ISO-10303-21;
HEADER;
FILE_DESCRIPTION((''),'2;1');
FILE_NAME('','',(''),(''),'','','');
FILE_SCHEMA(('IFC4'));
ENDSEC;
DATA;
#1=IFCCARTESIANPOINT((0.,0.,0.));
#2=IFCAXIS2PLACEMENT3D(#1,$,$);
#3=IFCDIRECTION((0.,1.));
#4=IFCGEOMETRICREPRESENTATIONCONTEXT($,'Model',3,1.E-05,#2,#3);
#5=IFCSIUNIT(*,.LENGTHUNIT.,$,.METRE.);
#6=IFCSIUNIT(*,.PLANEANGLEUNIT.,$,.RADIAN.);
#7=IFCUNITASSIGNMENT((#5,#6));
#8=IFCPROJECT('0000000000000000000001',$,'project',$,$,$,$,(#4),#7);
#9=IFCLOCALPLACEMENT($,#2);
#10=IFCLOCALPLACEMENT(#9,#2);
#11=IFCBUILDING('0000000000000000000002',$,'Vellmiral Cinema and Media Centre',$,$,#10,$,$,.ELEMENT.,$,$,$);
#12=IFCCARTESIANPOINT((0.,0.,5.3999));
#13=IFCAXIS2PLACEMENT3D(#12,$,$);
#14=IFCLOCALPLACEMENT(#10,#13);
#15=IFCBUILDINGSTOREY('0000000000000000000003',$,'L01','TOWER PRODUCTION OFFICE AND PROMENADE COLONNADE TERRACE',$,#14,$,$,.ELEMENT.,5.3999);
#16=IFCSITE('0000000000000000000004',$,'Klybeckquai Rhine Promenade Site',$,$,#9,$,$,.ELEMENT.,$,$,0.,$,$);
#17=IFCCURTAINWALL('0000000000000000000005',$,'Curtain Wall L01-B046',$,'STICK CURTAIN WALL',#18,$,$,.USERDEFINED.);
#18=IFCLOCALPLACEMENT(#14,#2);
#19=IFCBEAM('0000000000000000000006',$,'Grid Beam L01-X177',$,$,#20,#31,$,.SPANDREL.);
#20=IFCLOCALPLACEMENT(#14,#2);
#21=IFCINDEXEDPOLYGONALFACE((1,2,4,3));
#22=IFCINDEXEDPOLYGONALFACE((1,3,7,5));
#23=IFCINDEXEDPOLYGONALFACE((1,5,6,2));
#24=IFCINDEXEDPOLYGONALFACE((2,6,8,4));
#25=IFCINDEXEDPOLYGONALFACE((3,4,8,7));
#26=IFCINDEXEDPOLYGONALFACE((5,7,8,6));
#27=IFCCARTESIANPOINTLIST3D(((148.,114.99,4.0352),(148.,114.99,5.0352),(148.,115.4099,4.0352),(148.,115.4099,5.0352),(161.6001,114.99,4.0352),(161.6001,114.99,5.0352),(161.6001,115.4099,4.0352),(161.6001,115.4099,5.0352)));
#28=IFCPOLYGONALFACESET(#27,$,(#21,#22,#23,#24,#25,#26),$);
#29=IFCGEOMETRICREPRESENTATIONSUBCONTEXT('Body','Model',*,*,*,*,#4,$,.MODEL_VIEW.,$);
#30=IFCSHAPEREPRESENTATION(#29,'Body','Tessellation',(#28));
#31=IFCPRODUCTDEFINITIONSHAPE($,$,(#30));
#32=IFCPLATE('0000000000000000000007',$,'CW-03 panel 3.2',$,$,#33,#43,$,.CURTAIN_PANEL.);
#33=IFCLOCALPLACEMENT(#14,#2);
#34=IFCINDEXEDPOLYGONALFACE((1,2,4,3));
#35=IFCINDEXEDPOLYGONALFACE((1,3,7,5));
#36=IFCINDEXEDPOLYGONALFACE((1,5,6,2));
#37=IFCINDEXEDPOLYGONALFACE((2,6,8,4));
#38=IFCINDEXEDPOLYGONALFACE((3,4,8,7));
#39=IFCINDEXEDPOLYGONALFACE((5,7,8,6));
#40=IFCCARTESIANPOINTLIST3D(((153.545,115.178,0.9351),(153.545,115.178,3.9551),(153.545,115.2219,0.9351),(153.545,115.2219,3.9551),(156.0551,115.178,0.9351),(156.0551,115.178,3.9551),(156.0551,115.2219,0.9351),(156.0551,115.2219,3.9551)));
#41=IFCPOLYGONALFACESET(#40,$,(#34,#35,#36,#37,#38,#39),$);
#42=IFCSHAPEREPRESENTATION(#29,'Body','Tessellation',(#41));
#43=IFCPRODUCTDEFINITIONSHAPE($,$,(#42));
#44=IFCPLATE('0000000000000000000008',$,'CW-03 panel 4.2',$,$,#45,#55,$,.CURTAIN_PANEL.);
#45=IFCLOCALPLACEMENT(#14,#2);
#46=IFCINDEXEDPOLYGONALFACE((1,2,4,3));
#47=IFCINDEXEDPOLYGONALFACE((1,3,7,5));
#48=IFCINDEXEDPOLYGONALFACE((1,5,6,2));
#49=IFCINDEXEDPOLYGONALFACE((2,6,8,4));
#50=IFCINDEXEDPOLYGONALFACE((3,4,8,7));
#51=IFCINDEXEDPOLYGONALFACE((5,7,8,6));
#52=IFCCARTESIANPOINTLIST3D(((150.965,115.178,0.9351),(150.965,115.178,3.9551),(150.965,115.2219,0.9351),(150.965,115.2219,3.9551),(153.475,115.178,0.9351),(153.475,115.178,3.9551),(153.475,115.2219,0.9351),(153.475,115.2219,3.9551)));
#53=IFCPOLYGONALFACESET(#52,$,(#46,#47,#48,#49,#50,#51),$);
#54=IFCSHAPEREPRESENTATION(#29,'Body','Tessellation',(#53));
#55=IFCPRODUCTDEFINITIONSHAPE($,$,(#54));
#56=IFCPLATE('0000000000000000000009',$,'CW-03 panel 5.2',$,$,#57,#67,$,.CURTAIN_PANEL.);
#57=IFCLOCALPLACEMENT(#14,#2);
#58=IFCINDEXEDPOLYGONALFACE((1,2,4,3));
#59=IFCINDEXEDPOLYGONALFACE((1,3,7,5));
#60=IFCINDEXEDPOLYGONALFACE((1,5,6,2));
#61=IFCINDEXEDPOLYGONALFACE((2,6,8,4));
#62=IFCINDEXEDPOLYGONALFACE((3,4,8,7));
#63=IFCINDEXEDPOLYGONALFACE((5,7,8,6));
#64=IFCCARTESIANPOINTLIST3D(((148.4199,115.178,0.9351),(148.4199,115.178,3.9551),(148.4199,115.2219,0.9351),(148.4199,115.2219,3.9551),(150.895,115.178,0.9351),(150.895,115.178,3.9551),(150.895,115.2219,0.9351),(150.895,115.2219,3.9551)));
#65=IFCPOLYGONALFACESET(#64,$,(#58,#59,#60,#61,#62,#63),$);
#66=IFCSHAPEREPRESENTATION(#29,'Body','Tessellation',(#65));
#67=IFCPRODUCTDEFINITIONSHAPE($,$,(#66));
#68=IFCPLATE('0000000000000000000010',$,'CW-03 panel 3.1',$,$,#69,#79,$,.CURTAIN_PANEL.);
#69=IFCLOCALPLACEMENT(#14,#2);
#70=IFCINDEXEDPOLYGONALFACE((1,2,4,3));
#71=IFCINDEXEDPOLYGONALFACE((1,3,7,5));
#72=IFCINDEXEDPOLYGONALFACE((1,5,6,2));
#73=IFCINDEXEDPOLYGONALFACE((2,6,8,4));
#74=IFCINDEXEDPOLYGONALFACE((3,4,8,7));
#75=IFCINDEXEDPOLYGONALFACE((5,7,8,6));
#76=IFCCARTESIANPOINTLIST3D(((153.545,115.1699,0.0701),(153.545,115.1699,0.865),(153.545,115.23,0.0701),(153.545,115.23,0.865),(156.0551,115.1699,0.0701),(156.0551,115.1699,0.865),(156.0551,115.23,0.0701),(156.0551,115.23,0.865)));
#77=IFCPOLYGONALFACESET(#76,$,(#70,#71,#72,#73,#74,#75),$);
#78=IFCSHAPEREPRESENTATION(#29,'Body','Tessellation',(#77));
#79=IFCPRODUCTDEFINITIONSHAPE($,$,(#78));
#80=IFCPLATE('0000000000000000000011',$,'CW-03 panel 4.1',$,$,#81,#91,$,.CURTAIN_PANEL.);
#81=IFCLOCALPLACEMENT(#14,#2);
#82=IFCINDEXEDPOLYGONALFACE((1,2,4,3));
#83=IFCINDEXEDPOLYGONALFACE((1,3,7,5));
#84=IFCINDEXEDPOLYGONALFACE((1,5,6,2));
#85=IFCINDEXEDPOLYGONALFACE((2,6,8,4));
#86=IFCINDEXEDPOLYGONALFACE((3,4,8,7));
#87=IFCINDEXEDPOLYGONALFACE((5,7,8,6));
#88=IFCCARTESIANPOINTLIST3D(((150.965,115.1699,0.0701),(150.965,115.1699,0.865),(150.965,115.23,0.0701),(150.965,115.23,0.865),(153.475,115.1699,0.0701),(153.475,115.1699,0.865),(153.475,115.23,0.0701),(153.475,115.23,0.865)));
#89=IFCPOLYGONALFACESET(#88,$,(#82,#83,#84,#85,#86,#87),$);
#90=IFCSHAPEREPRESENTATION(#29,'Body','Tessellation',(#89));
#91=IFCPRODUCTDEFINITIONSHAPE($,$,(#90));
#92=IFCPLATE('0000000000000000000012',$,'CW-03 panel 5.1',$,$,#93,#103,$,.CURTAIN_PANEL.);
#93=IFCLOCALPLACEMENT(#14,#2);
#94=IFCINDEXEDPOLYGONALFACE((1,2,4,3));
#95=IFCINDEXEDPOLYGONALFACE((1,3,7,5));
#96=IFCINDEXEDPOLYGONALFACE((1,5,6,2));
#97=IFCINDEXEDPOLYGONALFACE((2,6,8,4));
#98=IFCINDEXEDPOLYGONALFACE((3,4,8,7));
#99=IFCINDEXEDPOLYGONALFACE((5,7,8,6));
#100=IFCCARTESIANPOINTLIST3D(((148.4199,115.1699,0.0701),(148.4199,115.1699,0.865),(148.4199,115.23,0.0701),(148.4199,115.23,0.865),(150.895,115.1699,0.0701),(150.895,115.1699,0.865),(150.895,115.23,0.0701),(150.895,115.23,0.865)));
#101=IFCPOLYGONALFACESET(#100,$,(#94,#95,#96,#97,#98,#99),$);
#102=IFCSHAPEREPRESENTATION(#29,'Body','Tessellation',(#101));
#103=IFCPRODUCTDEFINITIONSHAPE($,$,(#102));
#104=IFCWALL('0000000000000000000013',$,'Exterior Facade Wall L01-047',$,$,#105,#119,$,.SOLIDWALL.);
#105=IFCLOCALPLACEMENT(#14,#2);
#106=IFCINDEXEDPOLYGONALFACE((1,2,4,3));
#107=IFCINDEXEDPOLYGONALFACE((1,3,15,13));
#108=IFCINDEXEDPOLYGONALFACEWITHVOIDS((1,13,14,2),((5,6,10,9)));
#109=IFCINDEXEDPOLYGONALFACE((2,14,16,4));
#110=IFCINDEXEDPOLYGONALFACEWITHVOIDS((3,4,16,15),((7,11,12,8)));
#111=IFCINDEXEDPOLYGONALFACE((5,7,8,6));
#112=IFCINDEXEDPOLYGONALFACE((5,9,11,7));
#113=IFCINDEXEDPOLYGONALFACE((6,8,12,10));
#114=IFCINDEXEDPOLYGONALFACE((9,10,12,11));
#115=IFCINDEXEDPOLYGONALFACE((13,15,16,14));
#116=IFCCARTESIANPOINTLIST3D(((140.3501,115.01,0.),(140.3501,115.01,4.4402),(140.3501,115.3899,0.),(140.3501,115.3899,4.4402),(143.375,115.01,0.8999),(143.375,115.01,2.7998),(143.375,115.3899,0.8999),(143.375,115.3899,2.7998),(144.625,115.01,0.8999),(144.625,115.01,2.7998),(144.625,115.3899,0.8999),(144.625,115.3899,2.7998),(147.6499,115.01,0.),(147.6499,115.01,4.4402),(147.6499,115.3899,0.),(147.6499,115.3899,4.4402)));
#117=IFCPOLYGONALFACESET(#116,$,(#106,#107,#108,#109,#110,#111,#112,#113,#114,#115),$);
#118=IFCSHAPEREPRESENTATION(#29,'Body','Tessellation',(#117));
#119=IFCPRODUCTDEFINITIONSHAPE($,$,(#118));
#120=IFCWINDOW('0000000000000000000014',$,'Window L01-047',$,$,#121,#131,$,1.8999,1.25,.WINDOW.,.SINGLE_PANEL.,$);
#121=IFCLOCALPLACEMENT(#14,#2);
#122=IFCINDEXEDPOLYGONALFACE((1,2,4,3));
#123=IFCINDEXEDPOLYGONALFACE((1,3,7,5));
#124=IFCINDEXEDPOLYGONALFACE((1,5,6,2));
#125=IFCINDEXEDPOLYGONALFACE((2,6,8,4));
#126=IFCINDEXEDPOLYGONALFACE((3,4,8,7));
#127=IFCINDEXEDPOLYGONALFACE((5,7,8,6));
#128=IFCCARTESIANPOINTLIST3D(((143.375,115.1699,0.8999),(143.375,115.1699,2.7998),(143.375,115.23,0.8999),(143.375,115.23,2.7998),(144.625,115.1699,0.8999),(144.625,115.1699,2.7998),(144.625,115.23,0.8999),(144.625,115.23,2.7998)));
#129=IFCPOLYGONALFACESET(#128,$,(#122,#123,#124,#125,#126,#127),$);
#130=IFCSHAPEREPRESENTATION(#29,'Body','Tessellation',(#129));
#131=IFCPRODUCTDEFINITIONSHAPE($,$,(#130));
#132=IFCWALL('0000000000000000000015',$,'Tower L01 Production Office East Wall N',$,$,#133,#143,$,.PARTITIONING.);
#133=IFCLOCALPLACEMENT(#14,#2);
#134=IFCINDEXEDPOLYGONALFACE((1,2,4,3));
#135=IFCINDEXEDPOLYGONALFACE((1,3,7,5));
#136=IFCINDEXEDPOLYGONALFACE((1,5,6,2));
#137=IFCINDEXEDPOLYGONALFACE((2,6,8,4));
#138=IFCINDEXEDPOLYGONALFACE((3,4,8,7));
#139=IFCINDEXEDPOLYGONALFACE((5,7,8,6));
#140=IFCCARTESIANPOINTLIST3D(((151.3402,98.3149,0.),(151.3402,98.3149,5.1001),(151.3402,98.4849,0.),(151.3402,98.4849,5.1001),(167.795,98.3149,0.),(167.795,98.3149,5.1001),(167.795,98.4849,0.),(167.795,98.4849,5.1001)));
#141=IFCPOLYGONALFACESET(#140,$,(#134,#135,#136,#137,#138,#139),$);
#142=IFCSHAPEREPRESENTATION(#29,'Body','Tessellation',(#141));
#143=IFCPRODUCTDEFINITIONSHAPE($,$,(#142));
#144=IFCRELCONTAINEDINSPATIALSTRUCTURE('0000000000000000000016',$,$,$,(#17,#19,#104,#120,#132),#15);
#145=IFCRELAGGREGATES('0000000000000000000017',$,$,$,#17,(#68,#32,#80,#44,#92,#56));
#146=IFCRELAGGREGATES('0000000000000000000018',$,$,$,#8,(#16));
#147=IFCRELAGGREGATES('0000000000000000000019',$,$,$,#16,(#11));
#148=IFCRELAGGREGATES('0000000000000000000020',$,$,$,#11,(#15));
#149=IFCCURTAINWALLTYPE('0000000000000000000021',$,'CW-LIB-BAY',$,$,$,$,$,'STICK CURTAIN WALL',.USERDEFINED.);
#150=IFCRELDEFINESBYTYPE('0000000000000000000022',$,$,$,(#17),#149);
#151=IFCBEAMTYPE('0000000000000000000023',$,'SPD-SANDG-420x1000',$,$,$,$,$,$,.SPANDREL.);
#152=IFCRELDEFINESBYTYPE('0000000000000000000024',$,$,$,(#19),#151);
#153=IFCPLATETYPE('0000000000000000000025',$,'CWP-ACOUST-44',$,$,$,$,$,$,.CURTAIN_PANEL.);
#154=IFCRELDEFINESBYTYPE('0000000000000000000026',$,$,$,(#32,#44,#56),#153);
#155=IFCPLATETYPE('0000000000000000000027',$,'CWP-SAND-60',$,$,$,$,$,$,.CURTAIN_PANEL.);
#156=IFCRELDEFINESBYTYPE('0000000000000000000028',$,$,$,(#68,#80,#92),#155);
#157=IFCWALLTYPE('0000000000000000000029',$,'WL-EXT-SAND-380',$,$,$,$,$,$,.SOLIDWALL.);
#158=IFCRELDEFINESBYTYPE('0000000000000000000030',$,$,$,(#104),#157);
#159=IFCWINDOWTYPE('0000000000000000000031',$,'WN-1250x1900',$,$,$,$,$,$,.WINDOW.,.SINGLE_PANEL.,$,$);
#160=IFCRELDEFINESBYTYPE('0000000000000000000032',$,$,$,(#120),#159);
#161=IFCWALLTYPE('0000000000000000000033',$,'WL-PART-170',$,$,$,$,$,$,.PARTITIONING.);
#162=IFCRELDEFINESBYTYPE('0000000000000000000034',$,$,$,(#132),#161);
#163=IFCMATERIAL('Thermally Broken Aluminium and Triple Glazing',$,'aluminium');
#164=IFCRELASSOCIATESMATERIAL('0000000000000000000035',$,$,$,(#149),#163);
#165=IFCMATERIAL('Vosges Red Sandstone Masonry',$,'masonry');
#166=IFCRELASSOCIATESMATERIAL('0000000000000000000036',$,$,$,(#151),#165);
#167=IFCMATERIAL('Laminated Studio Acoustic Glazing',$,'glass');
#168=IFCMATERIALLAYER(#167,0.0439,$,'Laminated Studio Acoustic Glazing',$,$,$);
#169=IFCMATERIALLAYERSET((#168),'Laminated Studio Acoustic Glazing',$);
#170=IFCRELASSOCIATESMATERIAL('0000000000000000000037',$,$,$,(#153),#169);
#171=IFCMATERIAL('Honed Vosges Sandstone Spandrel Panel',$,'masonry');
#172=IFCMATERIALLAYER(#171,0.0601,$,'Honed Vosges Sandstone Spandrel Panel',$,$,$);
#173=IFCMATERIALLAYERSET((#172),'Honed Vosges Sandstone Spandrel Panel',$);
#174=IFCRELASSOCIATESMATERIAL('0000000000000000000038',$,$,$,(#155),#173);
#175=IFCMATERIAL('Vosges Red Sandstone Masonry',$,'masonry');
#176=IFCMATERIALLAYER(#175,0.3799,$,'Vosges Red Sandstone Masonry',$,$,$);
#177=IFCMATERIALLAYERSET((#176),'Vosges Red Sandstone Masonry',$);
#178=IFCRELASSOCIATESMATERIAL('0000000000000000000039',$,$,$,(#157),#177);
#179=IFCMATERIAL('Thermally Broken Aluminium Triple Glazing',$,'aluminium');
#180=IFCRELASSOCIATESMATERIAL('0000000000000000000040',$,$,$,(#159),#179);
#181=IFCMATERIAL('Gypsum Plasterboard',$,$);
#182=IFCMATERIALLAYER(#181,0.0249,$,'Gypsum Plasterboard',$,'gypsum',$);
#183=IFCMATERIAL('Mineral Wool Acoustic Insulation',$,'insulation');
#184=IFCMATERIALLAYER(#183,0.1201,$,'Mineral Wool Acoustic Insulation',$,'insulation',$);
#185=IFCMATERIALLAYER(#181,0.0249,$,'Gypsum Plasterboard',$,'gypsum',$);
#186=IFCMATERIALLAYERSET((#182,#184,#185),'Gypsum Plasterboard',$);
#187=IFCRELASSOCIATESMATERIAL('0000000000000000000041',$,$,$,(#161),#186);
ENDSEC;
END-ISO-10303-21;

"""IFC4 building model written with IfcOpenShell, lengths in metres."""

from ifc_helpers import new_model, si_unit, direction, frame, frame_2d, origin, origin_2d, place, context, subcontext, project, spatial, rectangle, extrude, material, layer, layer_set, material_profile, profile_set, type_object, element, fill, aggregate, save


model = new_model("IFC4")

# Units and contexts
model_context = context("Model", 3, precision=1e-05, world=origin(), true_north=direction((0.0, 1.0)))
body_context = subcontext(model_context, "Body", "Model", "MODEL_VIEW")
ifc_project = project(units=[si_unit("LENGTHUNIT", "METRE"), si_unit("PLANEANGLEUNIT", "RADIAN")], contexts=[model_context])

# Site, building, storey
site_placement = place(None, origin())
site = spatial("IfcSite", under=ifc_project, at=site_placement, Name="Klybeckquai Rhine Promenade Site", CompositionType="ELEMENT", RefElevation=0.0)
building_placement = place(site_placement, origin())
building = spatial("IfcBuilding", under=site, at=building_placement, Name="Vellmiral Cinema and Media Centre", CompositionType="ELEMENT")
storey_placement = place(building_placement, frame((0.0, 0.0, 5.3999)))
storey = spatial("IfcBuildingStorey", under=building, at=storey_placement, Name="L01", Description="TOWER PRODUCTION OFFICE AND PROMENADE COLONNADE TERRACE", CompositionType="ELEMENT", Elevation=5.3999)

# Curtain wall
ifc_material_1 = material(Name="Thermally Broken Aluminium and Triple Glazing", Category="aluminium")
curtain_wall_type = type_object("IfcCurtainWallType", Name="CW-LIB-BAY", ElementType="STICK CURTAIN WALL", PredefinedType="USERDEFINED", material=ifc_material_1)
curtain_wall_1_placement = place(storey_placement, origin())
curtain_wall_1 = element("IfcCurtainWall", 1, at=curtain_wall_1_placement, inside=storey, type_object=curtain_wall_type, Name="Curtain Wall L01-B046", ObjectType="STICK CURTAIN WALL", PredefinedType="USERDEFINED")

# Beam
ifc_material_2 = material(Name="Vosges Red Sandstone Masonry", Category="masonry")
ifc_material_profile_1 = material_profile(ifc_material_2, rectangle(XDim=0.4199, YDim=1.0, at=origin_2d()), Name="SAND 420x1000")
ifc_profile_set_1 = profile_set([ifc_material_profile_1], Name="Vosges Red Sandstone Masonry")
beam_type_1 = type_object("IfcBeamType", Name="SPD-SANDG-420x1000", PredefinedType="SPANDREL", material=ifc_profile_set_1)
beam_1_placement = place(storey_placement, frame((148.0, 115.2, 4.5352), z_axis=(1.0, 0.0, 0.0), x_axis=(0.0, 1.0, 0.0)))
element("IfcBeam", 2, at=beam_1_placement, inside=storey, type_object=beam_type_1, Name="Grid Beam L01-X177", PredefinedType="SPANDREL", context=body_context, shape_type="SweptSolid", body=[
    extrude(rectangle(XDim=0.4199, YDim=1.0, at=origin_2d()), origin(), (0.0, 0.0, 1.0), 13.6001),
])

# Plates
ifc_material_3 = material(Name="Laminated Studio Acoustic Glazing", Category="glass")
ifc_layer_1 = layer(ifc_material_3, 0.0439, Name="Laminated Studio Acoustic Glazing")
ifc_layer_set_1 = layer_set([ifc_layer_1], Name="Laminated Studio Acoustic Glazing")
plate_type_1 = type_object("IfcPlateType", Name="CWP-ACOUST-44", PredefinedType="CURTAIN_PANEL", material=ifc_layer_set_1)
plate_1_placement = place(storey_placement, frame((154.8, 115.2, 0.9351), z_axis=(0.0, 0.0, 1.0), x_axis=(-1.0, 0.0, 0.0)))
plate_1 = element("IfcPlate", 3, at=plate_1_placement, type_object=plate_type_1, Name="CW-03 panel 3.2", PredefinedType="CURTAIN_PANEL", context=body_context, shape_type="SweptSolid", body=[
    extrude(rectangle(XDim=2.51, YDim=0.0439, at=origin_2d()), origin(), (0.0, 0.0, 1.0), 3.02),
])
plate_2_placement = place(storey_placement, frame((152.22, 115.2, 0.9351), z_axis=(0.0, 0.0, 1.0), x_axis=(-1.0, 0.0, 0.0)))
plate_2 = element("IfcPlate", 4, at=plate_2_placement, type_object=plate_type_1, Name="CW-03 panel 4.2", PredefinedType="CURTAIN_PANEL", context=body_context, shape_type="SweptSolid", body=[
    extrude(rectangle(XDim=2.51, YDim=0.0439, at=origin_2d()), origin(), (0.0, 0.0, 1.0), 3.02),
])
plate_3_placement = place(storey_placement, frame((149.6575, 115.2, 0.9351), z_axis=(0.0, 0.0, 1.0), x_axis=(-1.0, 0.0, 0.0)))
plate_3 = element("IfcPlate", 5, at=plate_3_placement, type_object=plate_type_1, Name="CW-03 panel 5.2", PredefinedType="CURTAIN_PANEL", context=body_context, shape_type="SweptSolid", body=[
    extrude(rectangle(XDim=2.4751, YDim=0.0439, at=origin_2d()), origin(), (0.0, 0.0, 1.0), 3.02),
])
ifc_material_4 = material(Name="Honed Vosges Sandstone Spandrel Panel", Category="masonry")
ifc_layer_2 = layer(ifc_material_4, 0.0601, Name="Honed Vosges Sandstone Spandrel Panel")
ifc_layer_set_2 = layer_set([ifc_layer_2], Name="Honed Vosges Sandstone Spandrel Panel")
plate_type_2 = type_object("IfcPlateType", Name="CWP-SAND-60", PredefinedType="CURTAIN_PANEL", material=ifc_layer_set_2)
plate_4_placement = place(storey_placement, frame((154.8, 115.2, 0.0701), z_axis=(0.0, 0.0, 1.0), x_axis=(-1.0, 0.0, 0.0)))
plate_4 = element("IfcPlate", 6, at=plate_4_placement, type_object=plate_type_2, Name="CW-03 panel 3.1", PredefinedType="CURTAIN_PANEL", context=body_context, shape_type="SweptSolid", body=[
    extrude(rectangle(XDim=2.51, YDim=0.0601, at=origin_2d()), origin(), (0.0, 0.0, 1.0), 0.7949),
])
plate_5_placement = place(storey_placement, frame((152.22, 115.2, 0.0701), z_axis=(0.0, 0.0, 1.0), x_axis=(-1.0, 0.0, 0.0)))
plate_5 = element("IfcPlate", 7, at=plate_5_placement, type_object=plate_type_2, Name="CW-03 panel 4.1", PredefinedType="CURTAIN_PANEL", context=body_context, shape_type="SweptSolid", body=[
    extrude(rectangle(XDim=2.51, YDim=0.0601, at=origin_2d()), origin(), (0.0, 0.0, 1.0), 0.7949),
])
plate_6_placement = place(storey_placement, frame((149.6575, 115.2, 0.0701), z_axis=(0.0, 0.0, 1.0), x_axis=(-1.0, 0.0, 0.0)))
plate_6 = element("IfcPlate", 8, at=plate_6_placement, type_object=plate_type_2, Name="CW-03 panel 5.1", PredefinedType="CURTAIN_PANEL", context=body_context, shape_type="SweptSolid", body=[
    extrude(rectangle(XDim=2.4751, YDim=0.0601, at=origin_2d()), origin(), (0.0, 0.0, 1.0), 0.7949),
])
aggregate(curtain_wall_1, [plate_4, plate_1, plate_5, plate_2, plate_6, plate_3])

# Wall, opening, window
ifc_material_5 = material(Name="Vosges Red Sandstone Masonry", Category="masonry")
ifc_layer_3 = layer(ifc_material_5, 0.3799, Name="Vosges Red Sandstone Masonry")
ifc_layer_set_3 = layer_set([ifc_layer_3], Name="Vosges Red Sandstone Masonry")
wall_type_1 = type_object("IfcWallType", Name="WL-EXT-SAND-380", PredefinedType="SOLIDWALL", material=ifc_layer_set_3)
wall_1_placement = place(storey_placement, frame((147.6499, 115.2, 0.0), z_axis=(0.0, 0.0, 1.0), x_axis=(-1.0, 0.0, 0.0)))
wall_1 = element("IfcWall", 9, at=wall_1_placement, inside=storey, type_object=wall_type_1, Name="Exterior Facade Wall L01-047", PredefinedType="SOLIDWALL", context=body_context, shape_type="SweptSolid", body=[
    extrude(rectangle(XDim=7.2998, YDim=0.3799, at=frame_2d((3.6499, 0.0))), origin(), (0.0, 0.0, 1.0), 4.4402),
])
opening_placement = place(wall_1_placement, frame((3.0249, 0.0, 0.8999)))
opening = element("IfcOpeningElement", 10, at=opening_placement, cuts=wall_1, PredefinedType="OPENING", context=body_context, shape_type="SweptSolid", body=[
    extrude(rectangle(XDim=1.25, YDim=1.8999, at=frame_2d((0.625, 0.95))), frame((0.0, 0.2019, 0.0), z_axis=(0.0, -1.0, 0.0), x_axis=(1.0, 0.0, 0.0)), (0.0, 0.0, 1.0), 0.4038),
])
ifc_material_6 = material(Name="Thermally Broken Aluminium Triple Glazing", Category="aluminium")
window_type = type_object("IfcWindowType", Name="WN-1250x1900", PartitioningType="SINGLE_PANEL", PredefinedType="WINDOW", material=ifc_material_6)
window_placement = place(opening_placement, origin())
window = element("IfcWindow", 11, at=window_placement, inside=storey, type_object=window_type, Name="Window L01-047", OverallHeight=1.8999, OverallWidth=1.25, PartitioningType="SINGLE_PANEL", PredefinedType="WINDOW", context=body_context, shape_type="SweptSolid", body=[
    extrude(rectangle(XDim=1.25, YDim=1.8999, at=frame_2d((0.625, 0.95))), frame((0.0, 0.03, 0.0), z_axis=(0.0, -1.0, 0.0), x_axis=(1.0, 0.0, 0.0)), (0.0, 0.0, 1.0), 0.0601),
])
fill(opening, window)

# Wall
ifc_material_7 = material(Name="Gypsum Plasterboard")
ifc_layer_4 = layer(ifc_material_7, 0.0249, Name="Gypsum Plasterboard", Category="gypsum")
ifc_material_8 = material(Name="Mineral Wool Acoustic Insulation", Category="insulation")
ifc_layer_5 = layer(ifc_material_8, 0.1201, Name="Mineral Wool Acoustic Insulation", Category="insulation")
ifc_layer_6 = layer(ifc_material_7, 0.0249, Name="Gypsum Plasterboard", Category="gypsum")
ifc_layer_set_4 = layer_set([ifc_layer_4, ifc_layer_5, ifc_layer_6], Name="Gypsum Plasterboard")
wall_type_2 = type_object("IfcWallType", Name="WL-PART-170", PredefinedType="PARTITIONING", material=ifc_layer_set_4)
wall_2_placement = place(storey_placement, frame((151.3401, 98.3999, 0.0), z_axis=(0.0, 0.0, 1.0), x_axis=(1.0, 0.0, 0.0)))
element("IfcWall", 12, at=wall_2_placement, inside=storey, type_object=wall_type_2, Name="Tower L01 Production Office East Wall N", PredefinedType="PARTITIONING", context=body_context, shape_type="SweptSolid", body=[
    extrude(rectangle(XDim=16.4548, YDim=0.1699, at=frame_2d((8.2275, 0.0))), origin(), (0.0, 0.0, 1.0), 5.1001),
])

save(model, "model.ifc")
